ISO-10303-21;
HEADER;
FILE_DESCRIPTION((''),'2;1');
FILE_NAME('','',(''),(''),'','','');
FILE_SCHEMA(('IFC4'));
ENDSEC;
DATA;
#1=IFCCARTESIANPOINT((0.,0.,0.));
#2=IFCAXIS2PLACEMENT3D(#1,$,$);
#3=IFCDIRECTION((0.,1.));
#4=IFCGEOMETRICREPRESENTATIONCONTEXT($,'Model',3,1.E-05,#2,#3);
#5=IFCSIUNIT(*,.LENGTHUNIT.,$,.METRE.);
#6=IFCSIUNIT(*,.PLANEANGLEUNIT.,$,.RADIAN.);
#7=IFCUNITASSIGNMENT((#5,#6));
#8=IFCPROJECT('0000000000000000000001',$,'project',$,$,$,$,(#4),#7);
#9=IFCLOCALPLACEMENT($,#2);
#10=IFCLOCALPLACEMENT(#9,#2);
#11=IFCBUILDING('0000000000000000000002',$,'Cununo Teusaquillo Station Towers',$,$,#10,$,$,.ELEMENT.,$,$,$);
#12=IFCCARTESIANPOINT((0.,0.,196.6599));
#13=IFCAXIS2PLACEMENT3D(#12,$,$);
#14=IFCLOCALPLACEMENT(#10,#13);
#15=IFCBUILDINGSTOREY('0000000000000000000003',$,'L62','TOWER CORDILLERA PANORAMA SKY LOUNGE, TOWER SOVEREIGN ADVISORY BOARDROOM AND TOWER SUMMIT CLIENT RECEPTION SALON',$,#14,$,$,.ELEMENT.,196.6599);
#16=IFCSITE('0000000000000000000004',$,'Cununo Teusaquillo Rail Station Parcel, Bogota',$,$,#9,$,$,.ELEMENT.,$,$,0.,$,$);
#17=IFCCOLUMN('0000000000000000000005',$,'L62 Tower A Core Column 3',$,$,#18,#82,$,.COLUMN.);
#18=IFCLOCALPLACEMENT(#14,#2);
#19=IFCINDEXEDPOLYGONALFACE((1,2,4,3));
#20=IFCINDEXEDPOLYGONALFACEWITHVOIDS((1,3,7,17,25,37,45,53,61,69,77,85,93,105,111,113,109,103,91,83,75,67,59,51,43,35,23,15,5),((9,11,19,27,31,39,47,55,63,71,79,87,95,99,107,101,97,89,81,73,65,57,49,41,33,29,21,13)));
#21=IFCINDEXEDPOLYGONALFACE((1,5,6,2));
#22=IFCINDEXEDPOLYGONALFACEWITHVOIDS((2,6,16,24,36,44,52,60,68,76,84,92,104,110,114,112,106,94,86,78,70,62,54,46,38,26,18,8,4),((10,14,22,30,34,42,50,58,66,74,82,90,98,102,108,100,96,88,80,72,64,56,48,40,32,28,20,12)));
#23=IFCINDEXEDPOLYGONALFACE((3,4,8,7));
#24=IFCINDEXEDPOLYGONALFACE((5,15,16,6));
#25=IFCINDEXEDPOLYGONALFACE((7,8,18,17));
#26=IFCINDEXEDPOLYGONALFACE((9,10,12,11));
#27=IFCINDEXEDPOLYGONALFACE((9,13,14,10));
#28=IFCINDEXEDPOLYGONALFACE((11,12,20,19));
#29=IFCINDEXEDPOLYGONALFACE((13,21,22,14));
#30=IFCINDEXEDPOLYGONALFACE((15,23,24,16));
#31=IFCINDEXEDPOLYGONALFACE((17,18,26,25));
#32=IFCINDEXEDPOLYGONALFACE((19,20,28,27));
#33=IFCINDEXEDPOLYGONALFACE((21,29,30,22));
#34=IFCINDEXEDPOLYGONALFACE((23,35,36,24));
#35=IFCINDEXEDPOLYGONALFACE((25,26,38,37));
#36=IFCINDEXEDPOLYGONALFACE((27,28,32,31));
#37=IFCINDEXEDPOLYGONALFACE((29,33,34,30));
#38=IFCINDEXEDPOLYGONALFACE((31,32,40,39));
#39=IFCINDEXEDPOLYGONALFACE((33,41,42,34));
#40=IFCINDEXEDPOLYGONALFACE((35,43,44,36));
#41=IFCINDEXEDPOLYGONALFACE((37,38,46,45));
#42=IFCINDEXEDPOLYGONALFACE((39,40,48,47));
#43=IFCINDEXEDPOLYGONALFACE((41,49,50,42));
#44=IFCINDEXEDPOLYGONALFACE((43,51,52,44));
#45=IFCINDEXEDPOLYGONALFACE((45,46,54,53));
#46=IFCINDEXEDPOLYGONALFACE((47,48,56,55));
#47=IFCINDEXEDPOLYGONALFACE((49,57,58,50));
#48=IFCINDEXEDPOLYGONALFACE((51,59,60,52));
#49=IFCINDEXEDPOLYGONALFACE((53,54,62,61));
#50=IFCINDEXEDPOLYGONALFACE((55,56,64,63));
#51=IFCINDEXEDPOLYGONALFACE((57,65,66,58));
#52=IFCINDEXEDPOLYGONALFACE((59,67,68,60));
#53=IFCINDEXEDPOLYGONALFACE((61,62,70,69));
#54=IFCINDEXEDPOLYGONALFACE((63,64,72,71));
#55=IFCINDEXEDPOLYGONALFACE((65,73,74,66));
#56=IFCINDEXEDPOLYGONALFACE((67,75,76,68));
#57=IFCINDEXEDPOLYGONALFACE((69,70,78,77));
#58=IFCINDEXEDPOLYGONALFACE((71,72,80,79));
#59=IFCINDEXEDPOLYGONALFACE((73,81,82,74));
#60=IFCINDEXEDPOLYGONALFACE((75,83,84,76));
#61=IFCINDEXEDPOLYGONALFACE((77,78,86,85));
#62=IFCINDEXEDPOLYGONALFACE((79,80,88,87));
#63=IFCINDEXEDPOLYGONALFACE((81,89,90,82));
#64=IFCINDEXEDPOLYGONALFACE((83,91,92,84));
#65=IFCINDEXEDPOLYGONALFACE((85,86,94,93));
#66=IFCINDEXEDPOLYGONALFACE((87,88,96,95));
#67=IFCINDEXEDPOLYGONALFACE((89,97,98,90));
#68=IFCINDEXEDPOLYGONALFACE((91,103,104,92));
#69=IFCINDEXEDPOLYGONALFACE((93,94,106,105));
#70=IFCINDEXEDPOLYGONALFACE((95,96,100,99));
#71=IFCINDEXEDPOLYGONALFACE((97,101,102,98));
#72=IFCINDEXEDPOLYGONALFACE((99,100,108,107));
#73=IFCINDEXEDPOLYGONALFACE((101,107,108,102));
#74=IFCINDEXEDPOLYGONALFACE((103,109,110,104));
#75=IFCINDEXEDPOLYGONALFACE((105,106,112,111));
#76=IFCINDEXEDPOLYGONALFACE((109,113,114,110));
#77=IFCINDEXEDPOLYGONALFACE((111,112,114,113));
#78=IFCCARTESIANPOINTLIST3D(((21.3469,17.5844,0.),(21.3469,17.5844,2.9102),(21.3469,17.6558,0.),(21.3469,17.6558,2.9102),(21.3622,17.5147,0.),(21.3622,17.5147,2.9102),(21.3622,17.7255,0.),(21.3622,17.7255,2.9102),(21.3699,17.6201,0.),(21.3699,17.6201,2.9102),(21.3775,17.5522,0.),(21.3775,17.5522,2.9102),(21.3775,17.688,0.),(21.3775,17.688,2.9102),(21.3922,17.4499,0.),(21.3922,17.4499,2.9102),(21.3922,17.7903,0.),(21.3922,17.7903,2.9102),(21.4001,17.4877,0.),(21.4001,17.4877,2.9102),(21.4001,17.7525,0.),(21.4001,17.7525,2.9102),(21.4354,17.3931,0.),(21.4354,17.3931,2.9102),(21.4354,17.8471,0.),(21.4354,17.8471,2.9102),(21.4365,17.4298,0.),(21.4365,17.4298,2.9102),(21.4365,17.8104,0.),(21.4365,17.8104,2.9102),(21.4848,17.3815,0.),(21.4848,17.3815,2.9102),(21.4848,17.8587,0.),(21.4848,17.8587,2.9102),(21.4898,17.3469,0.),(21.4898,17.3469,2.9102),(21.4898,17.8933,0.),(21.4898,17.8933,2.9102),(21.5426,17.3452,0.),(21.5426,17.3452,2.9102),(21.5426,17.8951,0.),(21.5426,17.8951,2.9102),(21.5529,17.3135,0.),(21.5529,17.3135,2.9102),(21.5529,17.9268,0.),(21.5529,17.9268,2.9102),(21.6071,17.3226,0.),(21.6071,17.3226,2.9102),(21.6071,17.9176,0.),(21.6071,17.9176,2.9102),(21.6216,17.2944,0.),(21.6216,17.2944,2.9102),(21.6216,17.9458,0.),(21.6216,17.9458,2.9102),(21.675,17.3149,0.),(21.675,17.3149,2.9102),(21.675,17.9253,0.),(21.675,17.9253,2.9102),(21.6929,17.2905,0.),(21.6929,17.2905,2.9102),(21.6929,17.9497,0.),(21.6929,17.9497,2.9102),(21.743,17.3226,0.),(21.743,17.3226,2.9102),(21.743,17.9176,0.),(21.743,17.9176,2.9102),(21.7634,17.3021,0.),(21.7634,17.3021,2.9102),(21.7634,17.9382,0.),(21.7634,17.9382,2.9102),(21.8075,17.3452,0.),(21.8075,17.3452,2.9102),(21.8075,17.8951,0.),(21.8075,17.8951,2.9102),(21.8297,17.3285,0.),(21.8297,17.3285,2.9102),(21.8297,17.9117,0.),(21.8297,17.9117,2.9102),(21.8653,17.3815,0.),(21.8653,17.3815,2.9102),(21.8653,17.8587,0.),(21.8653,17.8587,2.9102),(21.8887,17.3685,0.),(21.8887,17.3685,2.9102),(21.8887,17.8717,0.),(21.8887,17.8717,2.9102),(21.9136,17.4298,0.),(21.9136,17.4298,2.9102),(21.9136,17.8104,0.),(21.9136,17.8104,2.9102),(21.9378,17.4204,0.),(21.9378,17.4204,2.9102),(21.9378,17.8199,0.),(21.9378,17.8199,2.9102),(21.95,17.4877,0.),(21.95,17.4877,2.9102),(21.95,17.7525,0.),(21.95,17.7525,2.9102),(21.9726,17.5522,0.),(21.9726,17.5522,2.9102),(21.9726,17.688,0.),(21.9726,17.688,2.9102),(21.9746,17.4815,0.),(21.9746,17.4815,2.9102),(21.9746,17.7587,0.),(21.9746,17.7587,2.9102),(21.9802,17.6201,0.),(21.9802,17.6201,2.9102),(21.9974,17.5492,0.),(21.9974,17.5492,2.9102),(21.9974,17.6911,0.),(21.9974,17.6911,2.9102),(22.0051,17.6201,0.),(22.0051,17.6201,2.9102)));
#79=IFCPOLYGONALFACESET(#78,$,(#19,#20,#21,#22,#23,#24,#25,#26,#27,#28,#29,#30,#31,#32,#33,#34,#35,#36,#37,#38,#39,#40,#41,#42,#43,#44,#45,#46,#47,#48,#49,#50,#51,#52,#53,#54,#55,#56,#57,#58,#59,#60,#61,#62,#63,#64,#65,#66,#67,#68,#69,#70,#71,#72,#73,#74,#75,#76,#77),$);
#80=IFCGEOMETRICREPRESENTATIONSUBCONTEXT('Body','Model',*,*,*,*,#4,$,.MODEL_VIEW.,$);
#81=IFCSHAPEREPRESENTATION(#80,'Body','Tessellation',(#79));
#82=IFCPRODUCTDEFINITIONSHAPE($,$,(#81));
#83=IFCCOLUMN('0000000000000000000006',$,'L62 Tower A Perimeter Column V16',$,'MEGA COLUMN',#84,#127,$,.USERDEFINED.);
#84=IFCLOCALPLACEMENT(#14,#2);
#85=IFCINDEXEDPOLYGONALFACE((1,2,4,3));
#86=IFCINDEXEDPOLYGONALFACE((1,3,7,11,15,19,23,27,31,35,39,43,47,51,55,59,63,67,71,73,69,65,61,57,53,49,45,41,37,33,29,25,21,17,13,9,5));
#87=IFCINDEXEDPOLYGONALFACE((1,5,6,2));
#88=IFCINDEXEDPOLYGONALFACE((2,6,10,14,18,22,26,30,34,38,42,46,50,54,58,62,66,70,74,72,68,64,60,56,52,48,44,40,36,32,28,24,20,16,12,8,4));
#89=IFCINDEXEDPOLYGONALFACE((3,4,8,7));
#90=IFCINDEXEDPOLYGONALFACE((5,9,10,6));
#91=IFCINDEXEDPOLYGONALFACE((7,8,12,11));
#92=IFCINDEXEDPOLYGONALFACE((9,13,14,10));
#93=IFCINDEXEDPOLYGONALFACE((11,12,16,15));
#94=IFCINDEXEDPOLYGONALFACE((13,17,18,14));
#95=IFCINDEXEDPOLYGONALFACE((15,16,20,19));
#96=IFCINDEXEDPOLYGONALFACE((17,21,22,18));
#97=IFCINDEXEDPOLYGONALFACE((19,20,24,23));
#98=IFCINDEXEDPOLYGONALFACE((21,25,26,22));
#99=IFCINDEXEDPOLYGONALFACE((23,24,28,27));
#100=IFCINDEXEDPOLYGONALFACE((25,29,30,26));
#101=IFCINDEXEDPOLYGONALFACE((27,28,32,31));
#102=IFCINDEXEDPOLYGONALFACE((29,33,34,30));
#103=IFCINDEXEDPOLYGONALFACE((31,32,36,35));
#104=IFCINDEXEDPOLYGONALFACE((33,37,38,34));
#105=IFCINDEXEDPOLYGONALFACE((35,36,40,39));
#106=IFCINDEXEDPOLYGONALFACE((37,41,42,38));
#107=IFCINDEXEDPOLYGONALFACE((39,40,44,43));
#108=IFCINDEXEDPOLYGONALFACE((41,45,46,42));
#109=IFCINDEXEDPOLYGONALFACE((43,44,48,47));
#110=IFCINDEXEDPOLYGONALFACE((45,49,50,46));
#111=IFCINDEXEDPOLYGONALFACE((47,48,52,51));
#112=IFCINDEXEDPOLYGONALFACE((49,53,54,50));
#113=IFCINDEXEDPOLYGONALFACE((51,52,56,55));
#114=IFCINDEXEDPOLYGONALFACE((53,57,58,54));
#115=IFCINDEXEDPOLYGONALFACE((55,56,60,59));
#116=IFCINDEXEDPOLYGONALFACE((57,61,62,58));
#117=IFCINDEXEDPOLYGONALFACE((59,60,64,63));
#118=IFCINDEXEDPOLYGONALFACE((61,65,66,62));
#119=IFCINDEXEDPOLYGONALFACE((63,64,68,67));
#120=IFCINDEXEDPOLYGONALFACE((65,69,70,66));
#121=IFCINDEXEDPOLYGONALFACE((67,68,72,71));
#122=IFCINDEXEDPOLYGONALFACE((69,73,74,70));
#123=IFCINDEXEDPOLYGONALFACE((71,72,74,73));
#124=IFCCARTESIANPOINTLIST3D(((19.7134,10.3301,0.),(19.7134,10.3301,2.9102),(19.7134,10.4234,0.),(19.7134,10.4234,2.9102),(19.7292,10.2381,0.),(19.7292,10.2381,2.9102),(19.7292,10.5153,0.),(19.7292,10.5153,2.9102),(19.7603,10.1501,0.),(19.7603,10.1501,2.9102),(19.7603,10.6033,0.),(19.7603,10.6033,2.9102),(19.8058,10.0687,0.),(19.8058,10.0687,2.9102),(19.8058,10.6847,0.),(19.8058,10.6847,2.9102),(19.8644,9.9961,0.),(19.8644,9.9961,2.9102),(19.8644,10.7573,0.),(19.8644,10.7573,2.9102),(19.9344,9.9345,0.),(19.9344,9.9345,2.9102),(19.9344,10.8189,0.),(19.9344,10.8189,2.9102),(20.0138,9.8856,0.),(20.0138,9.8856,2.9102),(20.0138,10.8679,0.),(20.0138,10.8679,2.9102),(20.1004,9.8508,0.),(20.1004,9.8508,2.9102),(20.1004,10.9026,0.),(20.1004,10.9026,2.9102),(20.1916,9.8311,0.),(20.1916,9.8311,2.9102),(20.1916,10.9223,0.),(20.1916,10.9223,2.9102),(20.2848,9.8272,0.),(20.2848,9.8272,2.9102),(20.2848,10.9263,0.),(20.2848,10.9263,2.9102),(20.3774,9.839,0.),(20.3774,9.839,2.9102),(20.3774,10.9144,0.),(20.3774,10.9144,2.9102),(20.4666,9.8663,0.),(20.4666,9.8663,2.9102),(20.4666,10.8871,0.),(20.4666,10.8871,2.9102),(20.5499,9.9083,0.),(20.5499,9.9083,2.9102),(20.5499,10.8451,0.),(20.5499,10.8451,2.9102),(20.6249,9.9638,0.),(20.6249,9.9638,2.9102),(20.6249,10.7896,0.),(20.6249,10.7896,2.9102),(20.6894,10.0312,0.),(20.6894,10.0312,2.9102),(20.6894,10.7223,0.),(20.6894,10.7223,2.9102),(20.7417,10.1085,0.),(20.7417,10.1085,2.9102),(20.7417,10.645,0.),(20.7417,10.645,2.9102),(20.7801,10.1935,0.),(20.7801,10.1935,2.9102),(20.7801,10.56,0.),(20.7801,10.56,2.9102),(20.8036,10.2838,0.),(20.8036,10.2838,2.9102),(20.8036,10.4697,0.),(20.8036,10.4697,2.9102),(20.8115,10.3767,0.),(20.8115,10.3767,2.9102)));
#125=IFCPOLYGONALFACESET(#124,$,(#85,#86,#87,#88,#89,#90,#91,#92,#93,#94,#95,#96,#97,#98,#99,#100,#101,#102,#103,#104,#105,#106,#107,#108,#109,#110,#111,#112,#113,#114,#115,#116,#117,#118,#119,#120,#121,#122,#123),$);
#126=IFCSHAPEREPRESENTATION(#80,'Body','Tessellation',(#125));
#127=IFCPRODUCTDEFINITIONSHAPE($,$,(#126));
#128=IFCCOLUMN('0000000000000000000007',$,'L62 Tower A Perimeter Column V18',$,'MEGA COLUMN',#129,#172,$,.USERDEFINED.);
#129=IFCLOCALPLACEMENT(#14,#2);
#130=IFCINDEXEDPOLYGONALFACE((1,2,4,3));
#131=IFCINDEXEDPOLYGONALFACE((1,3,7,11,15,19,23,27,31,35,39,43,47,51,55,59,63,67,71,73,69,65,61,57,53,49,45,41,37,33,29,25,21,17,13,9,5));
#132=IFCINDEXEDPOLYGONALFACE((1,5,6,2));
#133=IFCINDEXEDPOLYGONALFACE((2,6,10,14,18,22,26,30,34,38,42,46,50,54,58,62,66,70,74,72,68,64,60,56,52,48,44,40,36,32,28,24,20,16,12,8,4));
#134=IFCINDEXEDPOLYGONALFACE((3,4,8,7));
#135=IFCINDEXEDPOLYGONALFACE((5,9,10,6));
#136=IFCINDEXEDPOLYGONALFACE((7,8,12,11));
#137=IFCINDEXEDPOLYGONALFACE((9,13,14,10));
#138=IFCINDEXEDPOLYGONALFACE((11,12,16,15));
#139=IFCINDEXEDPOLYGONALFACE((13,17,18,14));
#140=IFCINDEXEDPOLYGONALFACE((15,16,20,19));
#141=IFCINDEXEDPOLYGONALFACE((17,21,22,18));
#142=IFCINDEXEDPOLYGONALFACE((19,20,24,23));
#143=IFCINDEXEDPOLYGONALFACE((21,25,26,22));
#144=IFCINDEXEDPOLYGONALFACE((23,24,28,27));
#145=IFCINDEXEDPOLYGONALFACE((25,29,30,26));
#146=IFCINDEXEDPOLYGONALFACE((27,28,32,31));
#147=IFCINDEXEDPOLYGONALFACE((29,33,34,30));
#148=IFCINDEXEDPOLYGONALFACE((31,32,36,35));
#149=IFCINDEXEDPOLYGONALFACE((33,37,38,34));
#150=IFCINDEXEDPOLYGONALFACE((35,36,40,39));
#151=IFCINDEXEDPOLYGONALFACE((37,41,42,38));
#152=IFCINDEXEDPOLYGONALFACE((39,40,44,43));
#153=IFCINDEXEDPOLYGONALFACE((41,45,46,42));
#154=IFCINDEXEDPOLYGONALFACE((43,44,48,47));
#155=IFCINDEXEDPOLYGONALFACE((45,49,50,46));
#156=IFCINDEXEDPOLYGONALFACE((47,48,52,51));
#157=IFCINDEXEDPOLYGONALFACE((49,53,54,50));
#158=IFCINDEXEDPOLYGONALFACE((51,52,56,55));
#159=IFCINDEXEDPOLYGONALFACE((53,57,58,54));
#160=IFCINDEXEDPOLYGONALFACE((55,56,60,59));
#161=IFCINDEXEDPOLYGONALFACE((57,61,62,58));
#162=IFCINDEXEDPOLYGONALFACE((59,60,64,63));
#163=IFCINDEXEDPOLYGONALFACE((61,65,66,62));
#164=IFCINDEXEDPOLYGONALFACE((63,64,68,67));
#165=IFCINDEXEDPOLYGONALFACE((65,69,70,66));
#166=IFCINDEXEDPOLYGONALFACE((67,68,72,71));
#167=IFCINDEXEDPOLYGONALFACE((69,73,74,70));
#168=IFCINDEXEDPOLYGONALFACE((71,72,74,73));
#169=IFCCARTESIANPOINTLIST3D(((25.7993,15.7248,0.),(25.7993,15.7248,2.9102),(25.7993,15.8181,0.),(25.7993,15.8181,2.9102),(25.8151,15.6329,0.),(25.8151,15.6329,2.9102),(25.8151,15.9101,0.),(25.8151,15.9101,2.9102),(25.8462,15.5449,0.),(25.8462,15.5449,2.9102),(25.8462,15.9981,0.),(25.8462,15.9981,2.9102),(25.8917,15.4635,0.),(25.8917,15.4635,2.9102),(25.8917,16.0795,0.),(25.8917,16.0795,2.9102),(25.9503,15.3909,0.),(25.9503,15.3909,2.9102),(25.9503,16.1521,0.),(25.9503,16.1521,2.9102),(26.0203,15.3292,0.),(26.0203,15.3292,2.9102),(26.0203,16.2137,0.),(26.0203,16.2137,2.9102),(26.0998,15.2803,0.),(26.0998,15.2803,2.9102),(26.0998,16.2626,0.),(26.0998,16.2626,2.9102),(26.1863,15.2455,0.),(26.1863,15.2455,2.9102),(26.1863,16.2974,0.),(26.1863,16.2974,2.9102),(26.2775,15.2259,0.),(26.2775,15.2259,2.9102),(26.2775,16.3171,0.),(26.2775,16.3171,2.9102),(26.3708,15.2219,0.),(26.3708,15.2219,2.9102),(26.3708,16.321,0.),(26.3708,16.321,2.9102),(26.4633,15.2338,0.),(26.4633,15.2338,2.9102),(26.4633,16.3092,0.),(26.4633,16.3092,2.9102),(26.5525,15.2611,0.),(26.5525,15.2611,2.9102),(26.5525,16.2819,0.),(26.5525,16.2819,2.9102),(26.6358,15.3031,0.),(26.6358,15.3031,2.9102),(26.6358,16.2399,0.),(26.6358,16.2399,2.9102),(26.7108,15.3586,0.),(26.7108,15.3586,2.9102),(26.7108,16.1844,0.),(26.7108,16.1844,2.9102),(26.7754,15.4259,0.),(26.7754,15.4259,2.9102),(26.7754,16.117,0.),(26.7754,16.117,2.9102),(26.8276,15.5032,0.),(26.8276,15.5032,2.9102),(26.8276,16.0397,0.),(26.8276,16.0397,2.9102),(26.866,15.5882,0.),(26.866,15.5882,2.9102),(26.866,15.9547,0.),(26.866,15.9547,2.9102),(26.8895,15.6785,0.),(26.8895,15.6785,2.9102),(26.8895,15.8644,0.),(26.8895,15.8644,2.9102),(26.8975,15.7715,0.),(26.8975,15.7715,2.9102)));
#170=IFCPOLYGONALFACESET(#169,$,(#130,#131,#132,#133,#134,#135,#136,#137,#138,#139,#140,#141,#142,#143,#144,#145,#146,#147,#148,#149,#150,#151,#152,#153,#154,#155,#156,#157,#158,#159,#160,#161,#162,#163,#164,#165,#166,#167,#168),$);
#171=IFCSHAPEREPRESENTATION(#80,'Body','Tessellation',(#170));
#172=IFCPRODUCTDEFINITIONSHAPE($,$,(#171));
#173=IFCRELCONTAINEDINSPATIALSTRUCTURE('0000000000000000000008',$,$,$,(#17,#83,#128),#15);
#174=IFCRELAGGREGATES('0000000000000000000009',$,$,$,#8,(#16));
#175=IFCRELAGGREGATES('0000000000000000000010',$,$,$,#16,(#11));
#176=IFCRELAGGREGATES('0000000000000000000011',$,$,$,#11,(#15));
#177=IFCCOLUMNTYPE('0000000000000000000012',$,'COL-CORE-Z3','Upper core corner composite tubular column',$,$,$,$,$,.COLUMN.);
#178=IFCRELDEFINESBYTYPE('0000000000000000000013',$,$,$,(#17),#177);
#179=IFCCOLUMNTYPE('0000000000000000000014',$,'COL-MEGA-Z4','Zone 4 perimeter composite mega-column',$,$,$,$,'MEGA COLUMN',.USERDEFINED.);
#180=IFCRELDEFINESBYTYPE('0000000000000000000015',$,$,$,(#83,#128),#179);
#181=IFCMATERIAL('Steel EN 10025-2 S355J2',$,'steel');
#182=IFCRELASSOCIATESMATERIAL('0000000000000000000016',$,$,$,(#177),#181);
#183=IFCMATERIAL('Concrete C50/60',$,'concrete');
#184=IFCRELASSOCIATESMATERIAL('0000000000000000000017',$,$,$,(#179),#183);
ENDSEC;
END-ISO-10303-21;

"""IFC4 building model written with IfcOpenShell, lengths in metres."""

from ifc_helpers import new_model, si_unit, direction, frame, origin, origin_2d, place, context, subcontext, project, spatial, circle, hollow_circle, extrude, material, material_profile, profile_set, type_object, element, save


model = new_model("IFC4")

# Units and contexts
model_context = context("Model", 3, precision=1e-05, world=origin(), true_north=direction((0.0, 1.0)))
body_context = subcontext(model_context, "Body", "Model", "MODEL_VIEW")
ifc_project = project(units=[si_unit("LENGTHUNIT", "METRE"), si_unit("PLANEANGLEUNIT", "RADIAN")], contexts=[model_context])

# Site, building, storey
site_placement = place(None, origin())
site = spatial("IfcSite", under=ifc_project, at=site_placement, Name="Cununo Teusaquillo Rail Station Parcel, Bogota", CompositionType="ELEMENT", RefElevation=0.0)
building_placement = place(site_placement, origin())
building = spatial("IfcBuilding", under=site, at=building_placement, Name="Cununo Teusaquillo Station Towers", CompositionType="ELEMENT")
storey_placement = place(building_placement, frame((0.0, 0.0, 196.6599)))
storey = spatial("IfcBuildingStorey", under=building, at=storey_placement, Name="L62", Description="TOWER CORDILLERA PANORAMA SKY LOUNGE, TOWER SOVEREIGN ADVISORY BOARDROOM AND TOWER SUMMIT CLIENT RECEPTION SALON", CompositionType="ELEMENT", Elevation=196.6599)

# Columns
ifc_material_1 = material(Name="Steel EN 10025-2 S355J2", Category="steel")
ifc_material_profile_1 = material_profile(ifc_material_1, hollow_circle(Radius=0.3301, WallThickness=0.0249, at=origin_2d()), Name="CHS 660x25")
ifc_profile_set_1 = profile_set([ifc_material_profile_1], Name="Steel EN 10025-2 S355J2")
column_type_1 = type_object("IfcColumnType", Name="COL-CORE-Z3", Description="Upper core corner composite tubular column", PredefinedType="COLUMN", material=ifc_profile_set_1)
column_placement = place(storey_placement, frame((21.675, 17.6201, 0.0), z_axis=(0.0, 0.0, 1.0), x_axis=(1.0, 0.0, 0.0)))
element("IfcColumn", 1, at=column_placement, inside=storey, type_object=column_type_1, Name="L62 Tower A Core Column 3", PredefinedType="COLUMN", context=body_context, shape_type="SweptSolid", body=[
    extrude(hollow_circle(Radius=0.3301, WallThickness=0.0249, at=origin_2d()), origin(), (0.0, 0.0, 1.0), 2.9102),
])
ifc_material_2 = material(Name="Concrete C50/60", Category="concrete")
ifc_material_profile_2 = material_profile(ifc_material_2, circle(Radius=0.55, at=origin_2d()), Name="RC-CIRC-1100")
ifc_profile_set_2 = profile_set([ifc_material_profile_2], Name="Concrete C50/60")
column_type_2 = type_object("IfcColumnType", Name="COL-MEGA-Z4", Description="Zone 4 perimeter composite mega-column", ElementType="MEGA COLUMN", PredefinedType="USERDEFINED", material=ifc_profile_set_2)
for number, where, z_axis, x_axis, name in (
    (2, (20.2615, 10.3767, 0.0), (0.0, 0.0, 1.0), (1.0, 0.0, 0.0), "L62 Tower A Perimeter Column V16"),
    (3, (26.3474, 15.7715, 0.0), (0.0, 0.0, 1.0), (1.0, 0.0, 0.0), "L62 Tower A Perimeter Column V18"),
):
    element("IfcColumn", number, at=place(storey_placement, frame(where, z_axis=z_axis, x_axis=x_axis)), inside=storey, type_object=column_type_2, Name=name, ObjectType="MEGA COLUMN", PredefinedType="USERDEFINED", context=body_context, shape_type="SweptSolid", body=[
        extrude(circle(Radius=0.55, at=origin_2d()), origin(), (0.0, 0.0, 1.0), 2.9102),
    ])

save(model, "model.ifc")
